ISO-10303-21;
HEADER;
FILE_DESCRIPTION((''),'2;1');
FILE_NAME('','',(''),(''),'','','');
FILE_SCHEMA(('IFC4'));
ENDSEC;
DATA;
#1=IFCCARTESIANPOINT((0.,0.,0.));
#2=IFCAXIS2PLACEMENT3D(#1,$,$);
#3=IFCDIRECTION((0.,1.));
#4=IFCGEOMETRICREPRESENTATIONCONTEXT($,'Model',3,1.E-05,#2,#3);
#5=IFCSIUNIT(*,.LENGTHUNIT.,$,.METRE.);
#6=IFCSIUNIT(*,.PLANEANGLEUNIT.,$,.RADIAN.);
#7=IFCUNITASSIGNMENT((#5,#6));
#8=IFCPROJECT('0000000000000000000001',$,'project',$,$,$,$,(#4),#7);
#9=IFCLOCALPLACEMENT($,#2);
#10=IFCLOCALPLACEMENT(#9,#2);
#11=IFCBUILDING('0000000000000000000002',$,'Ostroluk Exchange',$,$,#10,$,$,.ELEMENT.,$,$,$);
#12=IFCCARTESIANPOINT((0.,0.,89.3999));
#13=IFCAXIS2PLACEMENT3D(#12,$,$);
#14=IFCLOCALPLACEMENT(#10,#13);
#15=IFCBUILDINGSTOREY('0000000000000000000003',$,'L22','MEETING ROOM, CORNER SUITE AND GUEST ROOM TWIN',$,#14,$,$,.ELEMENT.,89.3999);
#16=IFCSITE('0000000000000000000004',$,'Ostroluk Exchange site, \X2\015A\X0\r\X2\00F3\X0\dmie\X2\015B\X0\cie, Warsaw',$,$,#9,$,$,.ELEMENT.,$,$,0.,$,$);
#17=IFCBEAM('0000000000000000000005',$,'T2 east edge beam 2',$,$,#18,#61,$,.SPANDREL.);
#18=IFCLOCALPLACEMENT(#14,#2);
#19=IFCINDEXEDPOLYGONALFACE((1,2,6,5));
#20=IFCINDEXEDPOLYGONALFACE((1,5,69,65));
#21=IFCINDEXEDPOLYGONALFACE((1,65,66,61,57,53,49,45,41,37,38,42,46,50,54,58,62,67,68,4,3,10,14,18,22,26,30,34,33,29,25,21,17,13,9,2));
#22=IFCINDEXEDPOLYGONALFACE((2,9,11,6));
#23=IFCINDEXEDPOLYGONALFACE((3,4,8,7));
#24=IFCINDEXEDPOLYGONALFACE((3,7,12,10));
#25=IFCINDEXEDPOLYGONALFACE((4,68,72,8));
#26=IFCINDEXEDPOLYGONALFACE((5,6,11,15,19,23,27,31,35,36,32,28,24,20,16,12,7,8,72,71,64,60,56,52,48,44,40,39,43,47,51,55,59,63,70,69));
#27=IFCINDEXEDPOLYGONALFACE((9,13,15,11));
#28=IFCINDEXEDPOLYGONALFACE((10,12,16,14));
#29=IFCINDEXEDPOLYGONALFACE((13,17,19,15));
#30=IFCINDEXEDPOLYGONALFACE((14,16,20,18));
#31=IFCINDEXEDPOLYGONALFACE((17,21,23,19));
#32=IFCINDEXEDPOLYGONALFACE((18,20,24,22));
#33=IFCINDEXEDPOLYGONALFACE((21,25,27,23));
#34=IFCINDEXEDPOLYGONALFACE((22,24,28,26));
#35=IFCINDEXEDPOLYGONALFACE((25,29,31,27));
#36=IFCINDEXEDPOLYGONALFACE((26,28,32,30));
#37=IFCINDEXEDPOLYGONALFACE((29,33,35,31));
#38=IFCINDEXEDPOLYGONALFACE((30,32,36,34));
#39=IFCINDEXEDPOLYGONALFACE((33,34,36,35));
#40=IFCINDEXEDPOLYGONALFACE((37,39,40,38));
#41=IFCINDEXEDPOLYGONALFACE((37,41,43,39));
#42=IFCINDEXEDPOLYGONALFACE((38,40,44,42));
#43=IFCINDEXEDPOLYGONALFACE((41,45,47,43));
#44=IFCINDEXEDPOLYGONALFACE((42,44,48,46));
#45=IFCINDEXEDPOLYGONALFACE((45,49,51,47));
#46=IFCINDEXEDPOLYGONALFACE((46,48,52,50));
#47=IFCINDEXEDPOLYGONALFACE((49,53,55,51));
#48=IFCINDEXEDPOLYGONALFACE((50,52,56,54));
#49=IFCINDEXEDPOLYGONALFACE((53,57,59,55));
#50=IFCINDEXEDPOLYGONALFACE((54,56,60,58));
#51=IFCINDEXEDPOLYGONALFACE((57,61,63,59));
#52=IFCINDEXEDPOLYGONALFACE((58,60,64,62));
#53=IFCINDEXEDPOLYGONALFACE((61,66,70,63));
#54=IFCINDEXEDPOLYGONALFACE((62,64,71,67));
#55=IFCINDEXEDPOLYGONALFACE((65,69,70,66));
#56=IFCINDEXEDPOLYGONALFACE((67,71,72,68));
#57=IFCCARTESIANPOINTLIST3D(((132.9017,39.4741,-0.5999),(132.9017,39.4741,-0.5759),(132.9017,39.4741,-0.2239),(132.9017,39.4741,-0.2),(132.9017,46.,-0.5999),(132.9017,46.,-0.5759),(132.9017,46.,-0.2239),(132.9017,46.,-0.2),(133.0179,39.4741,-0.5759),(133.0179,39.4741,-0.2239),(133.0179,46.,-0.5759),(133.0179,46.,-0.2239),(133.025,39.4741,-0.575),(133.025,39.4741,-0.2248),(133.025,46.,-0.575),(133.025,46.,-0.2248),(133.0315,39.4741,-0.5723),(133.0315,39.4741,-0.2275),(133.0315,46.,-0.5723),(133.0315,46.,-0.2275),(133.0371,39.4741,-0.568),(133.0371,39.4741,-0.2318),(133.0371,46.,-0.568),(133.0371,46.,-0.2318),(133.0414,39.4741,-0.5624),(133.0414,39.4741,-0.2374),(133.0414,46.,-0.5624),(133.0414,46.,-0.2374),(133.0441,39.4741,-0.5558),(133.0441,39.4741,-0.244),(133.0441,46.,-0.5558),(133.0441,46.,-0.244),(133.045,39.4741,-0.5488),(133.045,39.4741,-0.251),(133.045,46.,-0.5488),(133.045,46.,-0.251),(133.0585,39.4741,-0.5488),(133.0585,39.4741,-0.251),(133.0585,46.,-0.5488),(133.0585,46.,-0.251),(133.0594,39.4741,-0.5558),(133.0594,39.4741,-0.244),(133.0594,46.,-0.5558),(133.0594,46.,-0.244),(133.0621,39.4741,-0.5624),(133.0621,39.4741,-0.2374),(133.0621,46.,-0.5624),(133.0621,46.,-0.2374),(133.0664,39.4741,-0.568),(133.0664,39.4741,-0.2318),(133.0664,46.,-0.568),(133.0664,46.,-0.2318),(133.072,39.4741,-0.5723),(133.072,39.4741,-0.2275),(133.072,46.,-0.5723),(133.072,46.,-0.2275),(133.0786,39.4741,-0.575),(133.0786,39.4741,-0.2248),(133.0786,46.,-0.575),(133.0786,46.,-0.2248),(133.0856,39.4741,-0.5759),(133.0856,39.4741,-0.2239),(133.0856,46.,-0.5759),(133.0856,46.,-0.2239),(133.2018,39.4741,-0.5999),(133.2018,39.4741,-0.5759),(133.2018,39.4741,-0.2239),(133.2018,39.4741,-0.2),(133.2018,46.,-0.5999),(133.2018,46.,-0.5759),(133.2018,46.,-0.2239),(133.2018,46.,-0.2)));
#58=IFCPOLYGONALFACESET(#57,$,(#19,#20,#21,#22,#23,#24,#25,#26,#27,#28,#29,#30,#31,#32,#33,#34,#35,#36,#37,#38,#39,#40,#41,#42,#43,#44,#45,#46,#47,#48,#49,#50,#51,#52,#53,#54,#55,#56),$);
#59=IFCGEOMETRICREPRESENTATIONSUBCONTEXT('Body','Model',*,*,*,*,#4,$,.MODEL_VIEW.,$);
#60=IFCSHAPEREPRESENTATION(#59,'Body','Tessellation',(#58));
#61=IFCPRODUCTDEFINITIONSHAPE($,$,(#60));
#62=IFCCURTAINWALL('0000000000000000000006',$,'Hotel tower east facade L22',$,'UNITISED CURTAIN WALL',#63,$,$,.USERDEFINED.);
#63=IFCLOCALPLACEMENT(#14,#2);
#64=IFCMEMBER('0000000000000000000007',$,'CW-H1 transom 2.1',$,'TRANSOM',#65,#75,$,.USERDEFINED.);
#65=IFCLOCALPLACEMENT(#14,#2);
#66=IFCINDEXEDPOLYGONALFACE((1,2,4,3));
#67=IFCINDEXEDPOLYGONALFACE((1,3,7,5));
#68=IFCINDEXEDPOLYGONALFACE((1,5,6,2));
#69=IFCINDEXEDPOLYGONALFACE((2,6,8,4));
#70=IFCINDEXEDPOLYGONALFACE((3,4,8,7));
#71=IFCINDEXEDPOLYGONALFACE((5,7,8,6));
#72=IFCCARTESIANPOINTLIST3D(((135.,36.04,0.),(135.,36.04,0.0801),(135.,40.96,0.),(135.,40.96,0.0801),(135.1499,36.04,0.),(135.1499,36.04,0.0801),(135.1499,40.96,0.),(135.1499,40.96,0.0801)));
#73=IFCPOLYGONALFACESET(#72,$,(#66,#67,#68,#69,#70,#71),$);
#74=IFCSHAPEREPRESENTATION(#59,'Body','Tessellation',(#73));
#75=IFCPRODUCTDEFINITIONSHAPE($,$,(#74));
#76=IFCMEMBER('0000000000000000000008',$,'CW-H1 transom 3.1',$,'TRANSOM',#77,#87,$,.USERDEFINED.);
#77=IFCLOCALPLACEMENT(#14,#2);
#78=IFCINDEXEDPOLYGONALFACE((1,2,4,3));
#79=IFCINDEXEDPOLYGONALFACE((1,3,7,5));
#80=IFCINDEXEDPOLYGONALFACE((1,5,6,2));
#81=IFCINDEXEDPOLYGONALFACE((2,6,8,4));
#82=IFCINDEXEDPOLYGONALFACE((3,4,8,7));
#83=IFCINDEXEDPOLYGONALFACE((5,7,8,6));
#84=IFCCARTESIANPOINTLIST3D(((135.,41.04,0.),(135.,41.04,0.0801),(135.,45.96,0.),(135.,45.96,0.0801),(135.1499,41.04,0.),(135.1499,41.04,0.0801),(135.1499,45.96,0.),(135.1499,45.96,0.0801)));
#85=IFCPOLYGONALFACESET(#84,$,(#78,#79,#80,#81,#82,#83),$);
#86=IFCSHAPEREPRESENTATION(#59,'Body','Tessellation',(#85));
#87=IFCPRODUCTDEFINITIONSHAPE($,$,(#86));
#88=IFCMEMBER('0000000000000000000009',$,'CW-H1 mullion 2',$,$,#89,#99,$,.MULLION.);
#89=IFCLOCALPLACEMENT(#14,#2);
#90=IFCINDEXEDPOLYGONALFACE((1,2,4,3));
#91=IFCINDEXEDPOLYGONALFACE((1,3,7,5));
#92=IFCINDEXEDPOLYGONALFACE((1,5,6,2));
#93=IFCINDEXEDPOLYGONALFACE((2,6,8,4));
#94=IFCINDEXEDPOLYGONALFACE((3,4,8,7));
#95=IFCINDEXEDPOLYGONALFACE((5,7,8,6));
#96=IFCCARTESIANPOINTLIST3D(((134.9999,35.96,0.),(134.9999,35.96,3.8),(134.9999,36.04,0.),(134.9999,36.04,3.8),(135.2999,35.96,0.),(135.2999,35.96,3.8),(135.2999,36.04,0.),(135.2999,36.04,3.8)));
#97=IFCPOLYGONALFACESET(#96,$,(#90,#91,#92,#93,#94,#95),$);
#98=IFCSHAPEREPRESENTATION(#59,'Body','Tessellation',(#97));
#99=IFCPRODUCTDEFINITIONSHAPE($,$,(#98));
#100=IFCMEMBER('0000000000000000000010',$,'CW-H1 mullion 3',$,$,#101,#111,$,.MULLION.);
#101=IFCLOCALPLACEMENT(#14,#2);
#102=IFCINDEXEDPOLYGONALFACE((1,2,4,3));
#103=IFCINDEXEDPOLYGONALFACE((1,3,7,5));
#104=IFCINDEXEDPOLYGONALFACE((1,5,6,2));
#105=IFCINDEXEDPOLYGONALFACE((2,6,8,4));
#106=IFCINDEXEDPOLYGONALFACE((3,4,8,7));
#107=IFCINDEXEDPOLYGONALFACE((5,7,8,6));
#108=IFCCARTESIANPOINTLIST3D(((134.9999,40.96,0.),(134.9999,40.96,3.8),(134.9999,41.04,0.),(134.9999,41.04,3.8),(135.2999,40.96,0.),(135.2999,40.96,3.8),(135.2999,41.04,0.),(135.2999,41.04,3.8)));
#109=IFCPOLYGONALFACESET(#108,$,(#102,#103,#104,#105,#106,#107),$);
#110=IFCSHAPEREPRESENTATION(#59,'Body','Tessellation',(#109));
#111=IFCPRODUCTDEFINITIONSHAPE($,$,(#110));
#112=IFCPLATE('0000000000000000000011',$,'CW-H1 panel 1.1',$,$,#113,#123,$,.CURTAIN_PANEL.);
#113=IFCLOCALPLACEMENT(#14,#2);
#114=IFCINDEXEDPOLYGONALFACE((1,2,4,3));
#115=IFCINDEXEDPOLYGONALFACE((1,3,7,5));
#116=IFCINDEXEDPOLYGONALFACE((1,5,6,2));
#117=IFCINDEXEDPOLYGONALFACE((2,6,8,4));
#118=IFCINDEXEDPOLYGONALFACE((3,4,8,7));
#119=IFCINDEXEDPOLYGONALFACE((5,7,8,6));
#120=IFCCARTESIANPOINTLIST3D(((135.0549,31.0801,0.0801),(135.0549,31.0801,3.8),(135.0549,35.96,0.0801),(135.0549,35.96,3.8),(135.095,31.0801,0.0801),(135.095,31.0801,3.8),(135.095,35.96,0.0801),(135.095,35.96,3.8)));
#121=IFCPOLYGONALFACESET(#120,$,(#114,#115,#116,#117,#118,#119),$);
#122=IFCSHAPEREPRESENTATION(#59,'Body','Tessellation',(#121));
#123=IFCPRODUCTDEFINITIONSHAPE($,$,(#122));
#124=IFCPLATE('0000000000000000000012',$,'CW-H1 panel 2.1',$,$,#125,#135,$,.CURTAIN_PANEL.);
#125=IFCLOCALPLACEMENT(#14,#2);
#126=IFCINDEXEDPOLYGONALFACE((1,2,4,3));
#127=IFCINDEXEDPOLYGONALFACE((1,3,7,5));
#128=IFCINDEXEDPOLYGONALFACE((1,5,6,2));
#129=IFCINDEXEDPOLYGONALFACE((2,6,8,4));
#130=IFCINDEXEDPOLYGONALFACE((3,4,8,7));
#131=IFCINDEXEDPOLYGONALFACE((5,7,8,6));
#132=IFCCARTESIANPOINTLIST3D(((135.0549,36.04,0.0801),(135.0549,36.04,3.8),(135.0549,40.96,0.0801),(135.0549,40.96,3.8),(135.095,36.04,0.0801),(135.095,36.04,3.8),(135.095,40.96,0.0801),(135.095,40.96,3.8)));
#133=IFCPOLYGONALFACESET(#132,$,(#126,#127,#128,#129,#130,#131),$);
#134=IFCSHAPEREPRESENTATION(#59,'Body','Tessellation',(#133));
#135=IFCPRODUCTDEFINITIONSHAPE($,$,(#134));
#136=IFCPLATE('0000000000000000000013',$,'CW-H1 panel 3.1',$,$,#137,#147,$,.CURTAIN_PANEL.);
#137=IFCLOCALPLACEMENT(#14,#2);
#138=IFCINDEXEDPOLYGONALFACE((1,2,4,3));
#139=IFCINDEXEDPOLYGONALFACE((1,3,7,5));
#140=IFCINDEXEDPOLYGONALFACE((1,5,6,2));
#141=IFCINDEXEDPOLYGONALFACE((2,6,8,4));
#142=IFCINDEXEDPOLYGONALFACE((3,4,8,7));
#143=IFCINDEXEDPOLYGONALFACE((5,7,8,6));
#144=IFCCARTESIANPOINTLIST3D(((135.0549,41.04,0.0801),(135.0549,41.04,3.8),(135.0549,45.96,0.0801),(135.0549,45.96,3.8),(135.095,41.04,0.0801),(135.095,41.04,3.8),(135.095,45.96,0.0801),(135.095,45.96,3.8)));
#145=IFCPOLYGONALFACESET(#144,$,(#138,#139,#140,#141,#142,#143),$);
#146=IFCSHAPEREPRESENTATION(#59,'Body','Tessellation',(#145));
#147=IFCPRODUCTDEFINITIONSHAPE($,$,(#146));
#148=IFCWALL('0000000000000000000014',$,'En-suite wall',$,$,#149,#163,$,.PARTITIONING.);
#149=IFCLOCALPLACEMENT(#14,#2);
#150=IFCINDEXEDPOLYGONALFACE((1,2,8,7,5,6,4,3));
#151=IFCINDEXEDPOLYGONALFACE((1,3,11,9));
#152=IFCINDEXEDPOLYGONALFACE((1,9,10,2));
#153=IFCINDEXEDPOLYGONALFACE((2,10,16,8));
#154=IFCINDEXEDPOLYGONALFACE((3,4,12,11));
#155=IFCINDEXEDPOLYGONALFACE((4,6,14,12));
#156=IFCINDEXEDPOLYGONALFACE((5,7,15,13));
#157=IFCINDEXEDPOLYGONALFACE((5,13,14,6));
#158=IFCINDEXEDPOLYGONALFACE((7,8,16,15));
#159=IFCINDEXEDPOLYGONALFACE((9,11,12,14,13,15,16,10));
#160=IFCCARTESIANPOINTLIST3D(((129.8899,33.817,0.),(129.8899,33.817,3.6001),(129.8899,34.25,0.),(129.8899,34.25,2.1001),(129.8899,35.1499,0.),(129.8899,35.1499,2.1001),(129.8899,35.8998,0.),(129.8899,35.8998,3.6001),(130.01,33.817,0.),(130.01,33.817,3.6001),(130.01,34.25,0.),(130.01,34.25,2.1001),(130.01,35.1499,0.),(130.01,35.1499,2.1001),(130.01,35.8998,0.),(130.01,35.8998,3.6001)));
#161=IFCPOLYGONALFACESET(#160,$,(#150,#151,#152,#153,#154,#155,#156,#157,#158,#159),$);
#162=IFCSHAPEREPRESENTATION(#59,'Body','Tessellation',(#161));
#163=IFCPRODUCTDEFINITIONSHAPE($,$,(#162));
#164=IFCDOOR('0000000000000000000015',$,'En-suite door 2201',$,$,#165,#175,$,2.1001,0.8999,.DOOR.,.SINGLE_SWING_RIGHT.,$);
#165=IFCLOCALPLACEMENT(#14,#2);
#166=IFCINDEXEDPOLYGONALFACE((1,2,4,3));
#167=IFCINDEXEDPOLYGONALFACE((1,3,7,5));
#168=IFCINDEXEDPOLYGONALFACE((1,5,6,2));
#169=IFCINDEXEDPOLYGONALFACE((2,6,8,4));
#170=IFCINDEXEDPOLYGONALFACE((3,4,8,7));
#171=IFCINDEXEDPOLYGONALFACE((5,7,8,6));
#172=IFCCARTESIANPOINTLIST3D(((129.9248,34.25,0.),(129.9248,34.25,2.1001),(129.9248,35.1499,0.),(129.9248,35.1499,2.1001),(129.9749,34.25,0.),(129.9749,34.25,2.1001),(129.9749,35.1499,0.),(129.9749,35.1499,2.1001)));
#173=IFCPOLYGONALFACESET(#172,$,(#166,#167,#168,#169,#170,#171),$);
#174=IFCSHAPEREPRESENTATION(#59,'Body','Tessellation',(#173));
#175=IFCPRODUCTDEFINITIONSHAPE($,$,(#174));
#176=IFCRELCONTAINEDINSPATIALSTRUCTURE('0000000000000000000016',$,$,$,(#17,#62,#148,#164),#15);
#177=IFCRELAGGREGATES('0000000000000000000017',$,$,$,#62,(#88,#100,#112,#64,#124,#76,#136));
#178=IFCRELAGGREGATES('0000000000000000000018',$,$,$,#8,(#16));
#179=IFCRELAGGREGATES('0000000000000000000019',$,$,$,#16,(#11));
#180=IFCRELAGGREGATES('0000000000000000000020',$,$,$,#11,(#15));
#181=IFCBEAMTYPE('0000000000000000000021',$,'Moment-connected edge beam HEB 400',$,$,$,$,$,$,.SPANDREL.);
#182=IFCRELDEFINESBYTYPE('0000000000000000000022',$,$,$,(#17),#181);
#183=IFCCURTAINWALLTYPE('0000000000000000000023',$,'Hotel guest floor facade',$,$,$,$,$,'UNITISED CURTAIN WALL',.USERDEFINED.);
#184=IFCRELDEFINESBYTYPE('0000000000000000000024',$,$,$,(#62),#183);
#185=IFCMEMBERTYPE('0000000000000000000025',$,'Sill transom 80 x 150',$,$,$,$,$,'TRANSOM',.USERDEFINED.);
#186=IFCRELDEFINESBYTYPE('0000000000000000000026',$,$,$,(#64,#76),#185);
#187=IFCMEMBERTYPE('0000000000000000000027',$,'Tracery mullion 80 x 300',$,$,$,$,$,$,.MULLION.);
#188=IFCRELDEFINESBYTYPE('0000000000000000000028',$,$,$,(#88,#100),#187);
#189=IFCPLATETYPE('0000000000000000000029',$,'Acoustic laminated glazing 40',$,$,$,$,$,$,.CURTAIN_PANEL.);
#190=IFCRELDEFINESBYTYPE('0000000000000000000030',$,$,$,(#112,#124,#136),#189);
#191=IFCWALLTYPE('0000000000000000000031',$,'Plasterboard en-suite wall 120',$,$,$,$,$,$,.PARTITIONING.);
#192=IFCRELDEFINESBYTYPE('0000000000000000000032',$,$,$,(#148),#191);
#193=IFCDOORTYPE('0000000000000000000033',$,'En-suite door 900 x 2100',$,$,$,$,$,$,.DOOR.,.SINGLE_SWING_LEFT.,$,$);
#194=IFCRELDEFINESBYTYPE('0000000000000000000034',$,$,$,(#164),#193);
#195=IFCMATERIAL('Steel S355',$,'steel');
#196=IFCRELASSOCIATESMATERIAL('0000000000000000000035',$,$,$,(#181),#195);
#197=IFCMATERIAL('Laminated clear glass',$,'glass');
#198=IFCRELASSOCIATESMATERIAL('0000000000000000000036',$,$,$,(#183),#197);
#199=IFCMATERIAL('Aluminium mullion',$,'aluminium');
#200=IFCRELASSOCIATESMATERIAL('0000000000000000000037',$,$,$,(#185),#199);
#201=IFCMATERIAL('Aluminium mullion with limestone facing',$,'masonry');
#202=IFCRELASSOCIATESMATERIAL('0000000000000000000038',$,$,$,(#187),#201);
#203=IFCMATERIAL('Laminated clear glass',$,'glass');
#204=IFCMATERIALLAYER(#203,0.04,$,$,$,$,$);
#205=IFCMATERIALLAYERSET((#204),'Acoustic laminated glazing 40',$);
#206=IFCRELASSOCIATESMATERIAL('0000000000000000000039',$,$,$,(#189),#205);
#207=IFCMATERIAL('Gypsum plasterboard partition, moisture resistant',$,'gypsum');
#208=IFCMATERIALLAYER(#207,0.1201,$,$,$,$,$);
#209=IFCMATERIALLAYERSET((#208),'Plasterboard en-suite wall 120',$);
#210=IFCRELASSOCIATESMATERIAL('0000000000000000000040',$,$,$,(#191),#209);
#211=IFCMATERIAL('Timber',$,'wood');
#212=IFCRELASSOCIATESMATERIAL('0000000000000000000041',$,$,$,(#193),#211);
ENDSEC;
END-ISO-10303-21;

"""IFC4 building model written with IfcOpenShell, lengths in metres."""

from ifc_helpers import new_model, si_unit, direction, frame, frame_2d, origin, origin_2d, place, context, subcontext, project, spatial, rectangle, i_section, extrude, material, layer, layer_set, material_profile, profile_set, type_object, element, fill, aggregate, save


model = new_model("IFC4")

# Units and contexts
model_context = context("Model", 3, precision=1e-05, world=origin(), true_north=direction((0.0, 1.0)))
body_context = subcontext(model_context, "Body", "Model", "MODEL_VIEW")
ifc_project = project(units=[si_unit("LENGTHUNIT", "METRE"), si_unit("PLANEANGLEUNIT", "RADIAN")], contexts=[model_context])

# Site, building, storey
site_placement = place(None, origin())
site = spatial("IfcSite", under=ifc_project, at=site_placement, Name="Ostroluk Exchange site, Śródmieście, Warsaw", CompositionType="ELEMENT", RefElevation=0.0)
building_placement = place(site_placement, origin())
building = spatial("IfcBuilding", under=site, at=building_placement, Name="Ostroluk Exchange", CompositionType="ELEMENT")
storey_placement = place(building_placement, frame((0.0, 0.0, 89.3999)))
storey = spatial("IfcBuildingStorey", under=building, at=storey_placement, Name="L22", Description="MEETING ROOM, CORNER SUITE AND GUEST ROOM TWIN", CompositionType="ELEMENT", Elevation=89.3999)

# Beam
ifc_material_1 = material(Name="Steel S355", Category="steel")
ifc_material_profile_1 = material_profile(ifc_material_1, i_section(OverallWidth=0.3, OverallDepth=0.3999, WebThickness=0.0134, FlangeThickness=0.0239, FilletRadius=0.0271, at=origin_2d()), Name="HEB 400")
ifc_profile_set_1 = profile_set([ifc_material_profile_1], Name="Steel S355")
beam_type_1 = type_object("IfcBeamType", Name="Moment-connected edge beam HEB 400", PredefinedType="SPANDREL", material=ifc_profile_set_1)
beam_1_placement = place(storey_placement, frame((133.0518, 39.4741, -0.3999), z_axis=(0.0, 1.0, 0.0), x_axis=(-1.0, 0.0, 0.0)))
element("IfcBeam", 1, at=beam_1_placement, inside=storey, type_object=beam_type_1, Name="T2 east edge beam 2", PredefinedType="SPANDREL", context=body_context, shape_type="SweptSolid", body=[
    extrude(i_section(OverallWidth=0.3, OverallDepth=0.3999, WebThickness=0.0134, FlangeThickness=0.0239, FilletRadius=0.0271, at=origin_2d()), origin(), (0.0, 0.0, 1.0), 6.5259),
])

# Curtain wall, members, plates
ifc_material_2 = material(Name="Laminated clear glass", Category="glass")
curtain_wall_type = type_object("IfcCurtainWallType", Name="Hotel guest floor facade", ElementType="UNITISED CURTAIN WALL", PredefinedType="USERDEFINED", material=ifc_material_2)
curtain_wall_placement = place(storey_placement, origin())
curtain_wall = element("IfcCurtainWall", 2, at=curtain_wall_placement, inside=storey, type_object=curtain_wall_type, Name="Hotel tower east facade L22", ObjectType="UNITISED CURTAIN WALL", PredefinedType="USERDEFINED")
ifc_material_3 = material(Name="Aluminium mullion", Category="aluminium")
ifc_material_profile_2 = material_profile(ifc_material_3, rectangle(XDim=0.1499, YDim=0.0801, at=origin_2d()), Name="Sill transom 80 x 150")
ifc_profile_set_2 = profile_set([ifc_material_profile_2], Name="Aluminium mullion")
member_type_1 = type_object("IfcMemberType", Name="Sill transom 80 x 150", ElementType="TRANSOM", PredefinedType="USERDEFINED", material=ifc_profile_set_2)
member_1_placement = place(storey_placement, frame((135.075, 36.04, 0.04), z_axis=(0.0, 1.0, 0.0), x_axis=(-1.0, 0.0, 0.0)))
member_1 = element("IfcMember", 3, at=member_1_placement, type_object=member_type_1, Name="CW-H1 transom 2.1", ObjectType="TRANSOM", PredefinedType="USERDEFINED", context=body_context, shape_type="SweptSolid", body=[
    extrude(rectangle(XDim=0.1499, YDim=0.0801, at=origin_2d()), origin(), (0.0, 0.0, 1.0), 4.9199),
])
member_2_placement = place(storey_placement, frame((135.075, 41.04, 0.04), z_axis=(0.0, 1.0, 0.0), x_axis=(-1.0, 0.0, 0.0)))
member_2 = element("IfcMember", 4, at=member_2_placement, type_object=member_type_1, Name="CW-H1 transom 3.1", ObjectType="TRANSOM", PredefinedType="USERDEFINED", context=body_context, shape_type="SweptSolid", body=[
    extrude(rectangle(XDim=0.1499, YDim=0.0801, at=origin_2d()), origin(), (0.0, 0.0, 1.0), 4.9199),
])
ifc_material_4 = material(Name="Aluminium mullion with limestone facing", Category="masonry")
ifc_material_profile_3 = material_profile(ifc_material_4, rectangle(XDim=0.3, YDim=0.0801, at=origin_2d()), Name="Tracery mullion 80 x 300")
ifc_profile_set_3 = profile_set([ifc_material_profile_3], Name="Aluminium mullion with limestone facing")
member_type_2 = type_object("IfcMemberType", Name="Tracery mullion 80 x 300", PredefinedType="MULLION", material=ifc_profile_set_3)
member_3_placement = place(storey_placement, frame((135.1499, 36.0, 0.0), z_axis=(0.0, 0.0, 1.0), x_axis=(-1.0, 0.0, 0.0)))
member_3 = element("IfcMember", 5, at=member_3_placement, type_object=member_type_2, Name="CW-H1 mullion 2", PredefinedType="MULLION", context=body_context, shape_type="SweptSolid", body=[
    extrude(rectangle(XDim=0.3, YDim=0.0801, at=origin_2d()), origin(), (0.0, 0.0, 1.0), 3.8),
])
member_4_placement = place(storey_placement, frame((135.1499, 41.0, 0.0), z_axis=(0.0, 0.0, 1.0), x_axis=(-1.0, 0.0, 0.0)))
member_4 = element("IfcMember", 6, at=member_4_placement, type_object=member_type_2, Name="CW-H1 mullion 3", PredefinedType="MULLION", context=body_context, shape_type="SweptSolid", body=[
    extrude(rectangle(XDim=0.3, YDim=0.0801, at=origin_2d()), origin(), (0.0, 0.0, 1.0), 3.8),
])
ifc_material_5 = material(Name="Laminated clear glass", Category="glass")
ifc_layer_1 = layer(ifc_material_5, 0.04)
ifc_layer_set_1 = layer_set([ifc_layer_1], Name="Acoustic laminated glazing 40")
plate_type = type_object("IfcPlateType", Name="Acoustic laminated glazing 40", PredefinedType="CURTAIN_PANEL", material=ifc_layer_set_1)
plate_1_placement = place(storey_placement, frame((135.075, 33.52, 0.0801), z_axis=(0.0, 0.0, 1.0), x_axis=(0.0, 1.0, 0.0)))
plate_1 = element("IfcPlate", 7, at=plate_1_placement, type_object=plate_type, Name="CW-H1 panel 1.1", PredefinedType="CURTAIN_PANEL", context=body_context, shape_type="SweptSolid", body=[
    extrude(rectangle(XDim=4.8799, YDim=0.04, at=origin_2d()), origin(), (0.0, 0.0, 1.0), 3.72),
])
plate_2_placement = place(storey_placement, frame((135.075, 38.5, 0.0801), z_axis=(0.0, 0.0, 1.0), x_axis=(0.0, 1.0, 0.0)))
plate_2 = element("IfcPlate", 8, at=plate_2_placement, type_object=plate_type, Name="CW-H1 panel 2.1", PredefinedType="CURTAIN_PANEL", context=body_context, shape_type="SweptSolid", body=[
    extrude(rectangle(XDim=4.9199, YDim=0.04, at=origin_2d()), origin(), (0.0, 0.0, 1.0), 3.72),
])
plate_3_placement = place(storey_placement, frame((135.075, 43.5, 0.0801), z_axis=(0.0, 0.0, 1.0), x_axis=(0.0, 1.0, 0.0)))
plate_3 = element("IfcPlate", 9, at=plate_3_placement, type_object=plate_type, Name="CW-H1 panel 3.1", PredefinedType="CURTAIN_PANEL", context=body_context, shape_type="SweptSolid", body=[
    extrude(rectangle(XDim=4.9199, YDim=0.04, at=origin_2d()), origin(), (0.0, 0.0, 1.0), 3.72),
])
aggregate(curtain_wall, [member_3, member_4, plate_1, member_1, plate_2, member_2, plate_3])

# Wall, opening, door
ifc_material_6 = material(Name="Gypsum plasterboard partition, moisture resistant", Category="gypsum")
ifc_layer_2 = layer(ifc_material_6, 0.1201)
ifc_layer_set_2 = layer_set([ifc_layer_2], Name="Plasterboard en-suite wall 120")
wall_type_1 = type_object("IfcWallType", Name="Plasterboard en-suite wall 120", PredefinedType="PARTITIONING", material=ifc_layer_set_2)
wall_1_placement = place(storey_placement, frame((129.95, 35.8999, 0.0), z_axis=(0.0, 0.0, 1.0), x_axis=(0.0, -1.0, 0.0)))
wall_1 = element("IfcWall", 10, at=wall_1_placement, inside=storey, type_object=wall_type_1, Name="En-suite wall", PredefinedType="PARTITIONING", context=body_context, shape_type="SweptSolid", body=[
    extrude(rectangle(XDim=2.0828, YDim=0.1201, at=frame_2d((1.0415, 0.0))), origin(), (0.0, 0.0, 1.0), 3.6001),
])
opening_1_placement = place(wall_1_placement, frame((0.75, 0.0, 0.0)))
opening_1 = element("IfcOpeningElement", 11, at=opening_1_placement, cuts=wall_1, PredefinedType="OPENING", context=body_context, shape_type="SweptSolid", body=[
    extrude(rectangle(XDim=0.8999, YDim=2.1001, at=frame_2d((0.45, 1.05))), frame((0.0, 0.0701, 0.0), z_axis=(0.0, -1.0, 0.0), x_axis=(1.0, 0.0, 0.0)), (0.0, 0.0, 1.0), 0.1401),
])
ifc_material_7 = material(Name="Timber", Category="wood")
door_type_1 = type_object("IfcDoorType", Name="En-suite door 900 x 2100", OperationType="SINGLE_SWING_LEFT", PredefinedType="DOOR", material=ifc_material_7)
door_1_placement = place(opening_1_placement, origin())
door_1 = element("IfcDoor", 12, at=door_1_placement, inside=storey, type_object=door_type_1, Name="En-suite door 2201", OperationType="SINGLE_SWING_RIGHT", OverallHeight=2.1001, OverallWidth=0.8999, PredefinedType="DOOR", context=body_context, shape_type="SweptSolid", body=[
    extrude(rectangle(XDim=0.8999, YDim=2.1001, at=frame_2d((0.45, 1.05))), frame((0.0, 0.0249, 0.0), z_axis=(0.0, -1.0, 0.0), x_axis=(1.0, 0.0, 0.0)), (0.0, 0.0, 1.0), 0.05),
])
fill(opening_1, door_1)

save(model, "model.ifc")
